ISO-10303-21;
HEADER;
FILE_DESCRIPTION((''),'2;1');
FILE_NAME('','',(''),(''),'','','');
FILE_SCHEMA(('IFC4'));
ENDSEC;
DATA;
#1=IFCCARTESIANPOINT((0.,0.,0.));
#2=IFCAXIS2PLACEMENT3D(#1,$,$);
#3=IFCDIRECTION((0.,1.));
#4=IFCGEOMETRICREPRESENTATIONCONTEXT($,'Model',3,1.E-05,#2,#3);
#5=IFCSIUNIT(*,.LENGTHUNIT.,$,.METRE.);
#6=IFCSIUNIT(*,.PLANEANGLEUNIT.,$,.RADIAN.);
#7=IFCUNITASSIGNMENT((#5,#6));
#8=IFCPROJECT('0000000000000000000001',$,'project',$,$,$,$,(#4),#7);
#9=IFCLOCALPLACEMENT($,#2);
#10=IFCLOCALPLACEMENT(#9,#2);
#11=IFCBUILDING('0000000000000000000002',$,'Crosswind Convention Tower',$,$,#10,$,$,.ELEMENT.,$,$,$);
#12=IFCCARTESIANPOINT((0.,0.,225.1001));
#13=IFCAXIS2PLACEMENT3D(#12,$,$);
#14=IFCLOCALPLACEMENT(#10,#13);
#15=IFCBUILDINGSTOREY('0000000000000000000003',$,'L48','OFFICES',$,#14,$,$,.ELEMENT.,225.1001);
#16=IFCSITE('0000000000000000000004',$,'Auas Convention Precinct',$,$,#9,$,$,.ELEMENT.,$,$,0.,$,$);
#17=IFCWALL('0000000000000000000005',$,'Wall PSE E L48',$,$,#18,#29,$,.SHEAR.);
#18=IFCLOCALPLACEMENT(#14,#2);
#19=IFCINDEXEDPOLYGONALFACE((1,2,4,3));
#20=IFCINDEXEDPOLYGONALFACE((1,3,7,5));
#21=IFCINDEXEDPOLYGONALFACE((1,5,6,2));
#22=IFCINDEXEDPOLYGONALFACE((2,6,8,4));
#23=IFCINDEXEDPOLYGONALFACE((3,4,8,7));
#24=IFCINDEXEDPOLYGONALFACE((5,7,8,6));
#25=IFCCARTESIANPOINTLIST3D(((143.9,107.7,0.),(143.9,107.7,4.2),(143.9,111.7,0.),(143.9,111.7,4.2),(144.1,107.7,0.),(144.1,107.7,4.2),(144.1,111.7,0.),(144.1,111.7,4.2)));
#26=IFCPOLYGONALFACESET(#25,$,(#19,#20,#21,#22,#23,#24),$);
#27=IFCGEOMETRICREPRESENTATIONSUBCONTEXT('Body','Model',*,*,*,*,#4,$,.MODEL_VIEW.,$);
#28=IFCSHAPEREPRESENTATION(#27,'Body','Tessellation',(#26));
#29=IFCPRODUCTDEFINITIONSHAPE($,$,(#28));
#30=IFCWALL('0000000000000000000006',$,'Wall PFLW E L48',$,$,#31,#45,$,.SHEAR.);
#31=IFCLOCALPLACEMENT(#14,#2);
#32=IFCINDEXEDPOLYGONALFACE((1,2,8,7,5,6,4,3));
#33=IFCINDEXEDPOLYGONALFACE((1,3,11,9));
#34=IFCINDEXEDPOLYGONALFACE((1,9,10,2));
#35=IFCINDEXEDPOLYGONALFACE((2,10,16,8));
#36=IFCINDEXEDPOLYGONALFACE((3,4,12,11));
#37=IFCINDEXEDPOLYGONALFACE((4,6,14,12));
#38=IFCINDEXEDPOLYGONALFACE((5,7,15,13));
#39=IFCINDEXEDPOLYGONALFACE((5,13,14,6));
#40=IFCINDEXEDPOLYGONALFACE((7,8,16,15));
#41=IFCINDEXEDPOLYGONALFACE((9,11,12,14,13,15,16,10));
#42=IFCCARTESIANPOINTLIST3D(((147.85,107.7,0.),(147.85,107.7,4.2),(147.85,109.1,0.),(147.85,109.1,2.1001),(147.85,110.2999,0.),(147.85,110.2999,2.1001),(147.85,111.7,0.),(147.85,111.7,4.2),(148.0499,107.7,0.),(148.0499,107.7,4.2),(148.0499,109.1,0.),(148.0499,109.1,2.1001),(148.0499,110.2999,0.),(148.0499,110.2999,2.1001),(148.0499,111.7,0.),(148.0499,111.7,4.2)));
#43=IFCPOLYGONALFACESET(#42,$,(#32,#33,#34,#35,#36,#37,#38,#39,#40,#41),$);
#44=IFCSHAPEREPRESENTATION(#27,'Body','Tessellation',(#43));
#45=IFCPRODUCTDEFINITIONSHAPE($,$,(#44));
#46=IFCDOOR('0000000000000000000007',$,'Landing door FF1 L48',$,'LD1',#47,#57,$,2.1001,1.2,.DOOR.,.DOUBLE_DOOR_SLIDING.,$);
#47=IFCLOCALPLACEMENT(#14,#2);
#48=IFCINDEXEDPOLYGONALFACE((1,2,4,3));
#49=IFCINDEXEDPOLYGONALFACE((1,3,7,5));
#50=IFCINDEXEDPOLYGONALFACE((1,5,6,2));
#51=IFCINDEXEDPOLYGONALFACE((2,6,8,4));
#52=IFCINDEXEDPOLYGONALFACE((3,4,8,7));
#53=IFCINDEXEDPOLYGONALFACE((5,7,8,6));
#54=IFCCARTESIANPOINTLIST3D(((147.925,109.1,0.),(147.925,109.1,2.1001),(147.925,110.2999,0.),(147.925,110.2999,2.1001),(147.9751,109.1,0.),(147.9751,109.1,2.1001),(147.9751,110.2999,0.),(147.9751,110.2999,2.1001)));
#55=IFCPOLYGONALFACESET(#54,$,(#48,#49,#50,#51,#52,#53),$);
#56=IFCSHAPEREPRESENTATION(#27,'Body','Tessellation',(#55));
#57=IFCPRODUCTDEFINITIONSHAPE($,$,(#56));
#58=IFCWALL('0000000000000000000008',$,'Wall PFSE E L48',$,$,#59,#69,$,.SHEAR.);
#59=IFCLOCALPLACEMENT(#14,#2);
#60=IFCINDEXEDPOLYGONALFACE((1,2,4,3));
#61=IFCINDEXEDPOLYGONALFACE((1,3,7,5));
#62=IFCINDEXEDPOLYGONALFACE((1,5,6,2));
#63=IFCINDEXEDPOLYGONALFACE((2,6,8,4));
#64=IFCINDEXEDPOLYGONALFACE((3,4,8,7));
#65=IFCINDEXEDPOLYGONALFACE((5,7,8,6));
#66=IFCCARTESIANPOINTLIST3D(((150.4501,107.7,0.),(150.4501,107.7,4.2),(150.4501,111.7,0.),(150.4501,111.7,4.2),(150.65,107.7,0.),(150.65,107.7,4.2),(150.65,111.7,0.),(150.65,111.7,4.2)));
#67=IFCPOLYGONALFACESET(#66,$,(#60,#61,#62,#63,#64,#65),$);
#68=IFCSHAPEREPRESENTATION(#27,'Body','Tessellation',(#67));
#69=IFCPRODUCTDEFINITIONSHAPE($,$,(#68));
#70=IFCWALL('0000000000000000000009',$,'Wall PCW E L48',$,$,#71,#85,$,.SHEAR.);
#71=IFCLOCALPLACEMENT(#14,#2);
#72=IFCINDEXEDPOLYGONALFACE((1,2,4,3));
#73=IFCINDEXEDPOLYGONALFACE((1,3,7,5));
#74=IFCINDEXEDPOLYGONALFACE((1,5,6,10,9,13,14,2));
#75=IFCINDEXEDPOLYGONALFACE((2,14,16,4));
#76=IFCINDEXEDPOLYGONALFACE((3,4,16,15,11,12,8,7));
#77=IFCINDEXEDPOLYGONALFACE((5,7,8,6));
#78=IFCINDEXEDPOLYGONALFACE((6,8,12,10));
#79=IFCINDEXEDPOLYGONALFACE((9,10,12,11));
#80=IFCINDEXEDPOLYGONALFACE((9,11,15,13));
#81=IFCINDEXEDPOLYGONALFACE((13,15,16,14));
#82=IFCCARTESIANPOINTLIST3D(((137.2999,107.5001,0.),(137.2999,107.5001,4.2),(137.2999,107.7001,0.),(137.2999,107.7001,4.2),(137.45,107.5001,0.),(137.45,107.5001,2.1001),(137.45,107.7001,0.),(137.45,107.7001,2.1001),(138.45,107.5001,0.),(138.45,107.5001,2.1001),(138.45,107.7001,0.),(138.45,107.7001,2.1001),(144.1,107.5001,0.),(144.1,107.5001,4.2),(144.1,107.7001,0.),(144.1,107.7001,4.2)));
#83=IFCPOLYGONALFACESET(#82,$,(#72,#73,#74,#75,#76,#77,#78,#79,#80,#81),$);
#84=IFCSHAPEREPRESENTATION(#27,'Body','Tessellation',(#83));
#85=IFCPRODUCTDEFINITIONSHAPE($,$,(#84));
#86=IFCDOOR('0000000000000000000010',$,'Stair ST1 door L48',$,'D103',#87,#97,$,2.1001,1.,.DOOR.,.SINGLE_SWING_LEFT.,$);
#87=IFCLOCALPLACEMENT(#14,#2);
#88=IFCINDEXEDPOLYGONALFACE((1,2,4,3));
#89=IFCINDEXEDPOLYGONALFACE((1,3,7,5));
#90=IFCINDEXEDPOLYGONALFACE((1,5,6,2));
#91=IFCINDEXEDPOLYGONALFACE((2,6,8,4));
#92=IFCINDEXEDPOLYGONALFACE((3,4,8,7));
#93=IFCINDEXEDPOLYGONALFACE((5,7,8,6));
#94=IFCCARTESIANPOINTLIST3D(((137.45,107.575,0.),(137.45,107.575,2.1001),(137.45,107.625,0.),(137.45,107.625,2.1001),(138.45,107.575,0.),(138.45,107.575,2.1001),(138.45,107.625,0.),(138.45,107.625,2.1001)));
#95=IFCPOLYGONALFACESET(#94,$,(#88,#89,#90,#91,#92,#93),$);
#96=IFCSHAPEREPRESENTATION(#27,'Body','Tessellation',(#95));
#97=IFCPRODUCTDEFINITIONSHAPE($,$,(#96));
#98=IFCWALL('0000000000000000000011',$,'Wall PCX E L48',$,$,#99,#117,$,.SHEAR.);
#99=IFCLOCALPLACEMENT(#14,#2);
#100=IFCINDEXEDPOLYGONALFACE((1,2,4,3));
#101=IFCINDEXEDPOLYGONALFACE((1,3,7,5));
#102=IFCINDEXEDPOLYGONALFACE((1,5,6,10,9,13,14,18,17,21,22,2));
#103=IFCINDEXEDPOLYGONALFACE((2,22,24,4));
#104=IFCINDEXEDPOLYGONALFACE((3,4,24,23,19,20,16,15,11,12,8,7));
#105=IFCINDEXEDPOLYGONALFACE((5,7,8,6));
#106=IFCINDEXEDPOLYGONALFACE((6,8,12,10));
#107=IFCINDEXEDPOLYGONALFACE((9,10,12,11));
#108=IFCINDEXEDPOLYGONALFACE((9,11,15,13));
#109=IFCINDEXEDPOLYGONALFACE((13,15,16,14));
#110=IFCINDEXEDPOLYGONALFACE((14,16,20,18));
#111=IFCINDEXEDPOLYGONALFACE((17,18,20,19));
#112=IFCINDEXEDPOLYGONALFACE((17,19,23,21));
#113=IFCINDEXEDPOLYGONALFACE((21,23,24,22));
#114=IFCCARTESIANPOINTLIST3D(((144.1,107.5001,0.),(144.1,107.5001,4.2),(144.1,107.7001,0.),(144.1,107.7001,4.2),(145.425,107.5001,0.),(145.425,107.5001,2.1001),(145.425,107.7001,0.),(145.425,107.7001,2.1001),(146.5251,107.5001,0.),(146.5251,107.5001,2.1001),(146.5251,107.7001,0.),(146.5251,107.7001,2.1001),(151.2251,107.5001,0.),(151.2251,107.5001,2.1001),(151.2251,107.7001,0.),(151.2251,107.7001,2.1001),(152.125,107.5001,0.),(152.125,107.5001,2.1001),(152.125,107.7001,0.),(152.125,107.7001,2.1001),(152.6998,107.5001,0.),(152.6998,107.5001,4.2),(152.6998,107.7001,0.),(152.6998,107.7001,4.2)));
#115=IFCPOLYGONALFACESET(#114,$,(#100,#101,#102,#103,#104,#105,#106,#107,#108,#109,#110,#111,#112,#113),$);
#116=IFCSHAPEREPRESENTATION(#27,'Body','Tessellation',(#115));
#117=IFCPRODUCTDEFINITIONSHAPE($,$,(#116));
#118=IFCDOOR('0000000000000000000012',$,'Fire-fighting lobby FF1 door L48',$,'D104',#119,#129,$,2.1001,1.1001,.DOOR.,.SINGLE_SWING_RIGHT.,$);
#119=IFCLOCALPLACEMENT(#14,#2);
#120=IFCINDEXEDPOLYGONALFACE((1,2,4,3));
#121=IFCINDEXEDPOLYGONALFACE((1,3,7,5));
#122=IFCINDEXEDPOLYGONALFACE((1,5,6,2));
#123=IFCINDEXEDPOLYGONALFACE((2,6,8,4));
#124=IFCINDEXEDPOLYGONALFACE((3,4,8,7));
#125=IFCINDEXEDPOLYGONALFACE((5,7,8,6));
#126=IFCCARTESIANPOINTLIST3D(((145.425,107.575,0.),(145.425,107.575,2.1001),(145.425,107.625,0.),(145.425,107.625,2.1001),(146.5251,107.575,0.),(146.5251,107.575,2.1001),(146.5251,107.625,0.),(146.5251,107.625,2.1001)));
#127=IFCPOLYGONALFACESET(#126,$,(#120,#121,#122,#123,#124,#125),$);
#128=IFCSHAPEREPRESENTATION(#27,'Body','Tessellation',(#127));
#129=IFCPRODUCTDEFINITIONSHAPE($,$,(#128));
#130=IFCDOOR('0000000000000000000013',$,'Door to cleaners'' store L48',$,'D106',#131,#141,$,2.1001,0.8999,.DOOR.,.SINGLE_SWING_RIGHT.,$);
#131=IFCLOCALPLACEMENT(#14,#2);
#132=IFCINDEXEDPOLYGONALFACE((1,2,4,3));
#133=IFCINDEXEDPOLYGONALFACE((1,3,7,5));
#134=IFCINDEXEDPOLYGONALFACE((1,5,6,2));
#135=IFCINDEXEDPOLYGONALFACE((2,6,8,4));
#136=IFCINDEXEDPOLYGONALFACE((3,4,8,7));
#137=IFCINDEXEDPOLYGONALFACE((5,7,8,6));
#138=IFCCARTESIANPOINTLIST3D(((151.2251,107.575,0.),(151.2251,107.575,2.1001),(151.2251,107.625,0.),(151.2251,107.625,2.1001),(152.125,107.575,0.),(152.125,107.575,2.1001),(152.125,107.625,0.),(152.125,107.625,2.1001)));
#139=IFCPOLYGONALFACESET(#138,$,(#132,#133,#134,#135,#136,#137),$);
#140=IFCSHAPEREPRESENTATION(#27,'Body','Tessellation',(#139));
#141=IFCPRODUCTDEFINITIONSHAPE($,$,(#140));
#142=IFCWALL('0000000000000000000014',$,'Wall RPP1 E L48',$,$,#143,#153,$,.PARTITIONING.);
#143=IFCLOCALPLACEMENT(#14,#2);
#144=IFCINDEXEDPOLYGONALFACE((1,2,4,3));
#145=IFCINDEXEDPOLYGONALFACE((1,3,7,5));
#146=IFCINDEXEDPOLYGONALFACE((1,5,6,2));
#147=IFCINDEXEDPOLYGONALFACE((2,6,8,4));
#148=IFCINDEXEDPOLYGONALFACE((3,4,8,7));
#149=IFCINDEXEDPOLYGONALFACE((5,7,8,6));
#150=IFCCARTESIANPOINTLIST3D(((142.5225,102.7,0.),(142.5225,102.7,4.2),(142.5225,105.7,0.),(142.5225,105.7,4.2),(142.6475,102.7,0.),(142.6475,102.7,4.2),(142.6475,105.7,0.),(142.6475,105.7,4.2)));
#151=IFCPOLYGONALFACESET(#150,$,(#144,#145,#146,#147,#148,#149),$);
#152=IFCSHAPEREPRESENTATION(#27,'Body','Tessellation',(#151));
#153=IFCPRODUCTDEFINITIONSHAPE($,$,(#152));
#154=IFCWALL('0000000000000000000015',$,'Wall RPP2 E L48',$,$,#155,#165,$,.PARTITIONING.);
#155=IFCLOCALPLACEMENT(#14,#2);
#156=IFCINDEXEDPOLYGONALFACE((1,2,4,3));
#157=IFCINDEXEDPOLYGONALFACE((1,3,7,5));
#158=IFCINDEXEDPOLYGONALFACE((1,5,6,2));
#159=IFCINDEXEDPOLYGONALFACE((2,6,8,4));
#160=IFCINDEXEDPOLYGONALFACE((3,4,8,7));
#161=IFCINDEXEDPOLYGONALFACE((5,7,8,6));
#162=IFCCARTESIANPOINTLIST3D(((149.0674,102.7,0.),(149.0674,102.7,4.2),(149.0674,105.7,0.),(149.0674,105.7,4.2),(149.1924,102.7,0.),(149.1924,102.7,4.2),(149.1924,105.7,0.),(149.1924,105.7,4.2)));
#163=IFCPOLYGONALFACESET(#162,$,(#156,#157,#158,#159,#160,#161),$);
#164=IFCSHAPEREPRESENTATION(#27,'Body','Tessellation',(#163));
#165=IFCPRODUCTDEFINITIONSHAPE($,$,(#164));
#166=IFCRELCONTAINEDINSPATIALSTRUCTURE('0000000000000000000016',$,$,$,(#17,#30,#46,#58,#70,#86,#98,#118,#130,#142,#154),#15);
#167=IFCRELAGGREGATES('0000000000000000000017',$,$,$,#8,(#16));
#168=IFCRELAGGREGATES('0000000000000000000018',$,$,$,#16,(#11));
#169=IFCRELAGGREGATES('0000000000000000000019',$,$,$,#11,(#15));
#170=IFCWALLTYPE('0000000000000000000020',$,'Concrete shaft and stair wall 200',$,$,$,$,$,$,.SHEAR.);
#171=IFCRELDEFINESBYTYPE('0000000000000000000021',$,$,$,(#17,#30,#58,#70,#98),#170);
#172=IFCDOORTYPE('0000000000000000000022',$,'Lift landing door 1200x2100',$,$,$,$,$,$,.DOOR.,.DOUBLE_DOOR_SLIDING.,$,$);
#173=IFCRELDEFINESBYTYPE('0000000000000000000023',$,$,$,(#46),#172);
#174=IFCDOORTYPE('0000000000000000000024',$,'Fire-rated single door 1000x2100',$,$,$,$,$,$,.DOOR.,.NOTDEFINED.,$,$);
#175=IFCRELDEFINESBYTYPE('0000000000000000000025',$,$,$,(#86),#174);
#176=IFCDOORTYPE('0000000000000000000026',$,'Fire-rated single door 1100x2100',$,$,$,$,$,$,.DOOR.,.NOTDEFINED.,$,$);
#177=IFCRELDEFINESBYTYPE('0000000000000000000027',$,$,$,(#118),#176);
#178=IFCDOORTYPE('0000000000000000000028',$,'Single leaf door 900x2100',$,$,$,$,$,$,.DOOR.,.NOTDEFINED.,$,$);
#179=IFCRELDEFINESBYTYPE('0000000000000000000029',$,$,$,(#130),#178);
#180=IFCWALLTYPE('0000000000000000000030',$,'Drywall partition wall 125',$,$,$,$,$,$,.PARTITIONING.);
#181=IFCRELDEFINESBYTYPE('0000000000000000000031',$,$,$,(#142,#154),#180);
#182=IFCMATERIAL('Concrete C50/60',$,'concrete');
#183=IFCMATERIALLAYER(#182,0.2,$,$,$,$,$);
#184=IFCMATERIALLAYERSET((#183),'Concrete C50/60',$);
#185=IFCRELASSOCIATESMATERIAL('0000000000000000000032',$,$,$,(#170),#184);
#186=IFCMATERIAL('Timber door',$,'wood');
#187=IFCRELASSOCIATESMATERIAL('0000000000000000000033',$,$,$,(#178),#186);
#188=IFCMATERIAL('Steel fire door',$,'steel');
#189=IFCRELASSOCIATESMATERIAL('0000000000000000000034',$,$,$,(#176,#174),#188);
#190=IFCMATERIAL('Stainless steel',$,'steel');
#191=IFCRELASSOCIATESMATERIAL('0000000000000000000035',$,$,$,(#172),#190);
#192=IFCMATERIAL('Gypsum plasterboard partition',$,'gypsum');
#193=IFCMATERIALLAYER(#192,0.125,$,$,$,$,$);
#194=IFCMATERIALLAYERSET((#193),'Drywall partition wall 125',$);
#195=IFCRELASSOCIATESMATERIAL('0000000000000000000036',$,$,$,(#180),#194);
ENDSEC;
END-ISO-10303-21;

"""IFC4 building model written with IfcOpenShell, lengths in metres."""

from ifc_helpers import new_model, si_unit, direction, frame, frame_2d, origin, place, context, subcontext, project, spatial, rectangle, extrude, material, layer, layer_set, type_object, element, fill, save


model = new_model("IFC4")

# Units and contexts
model_context = context("Model", 3, precision=1e-05, world=origin(), true_north=direction((0.0, 1.0)))
body_context = subcontext(model_context, "Body", "Model", "MODEL_VIEW")
ifc_project = project(units=[si_unit("LENGTHUNIT", "METRE"), si_unit("PLANEANGLEUNIT", "RADIAN")], contexts=[model_context])

# Site, building, storey
site_placement = place(None, origin())
site = spatial("IfcSite", under=ifc_project, at=site_placement, Name="Auas Convention Precinct", CompositionType="ELEMENT", RefElevation=0.0)
building_placement = place(site_placement, origin())
building = spatial("IfcBuilding", under=site, at=building_placement, Name="Crosswind Convention Tower", CompositionType="ELEMENT")
storey_placement = place(building_placement, frame((0.0, 0.0, 225.1001)))
storey = spatial("IfcBuildingStorey", under=building, at=storey_placement, Name="L48", Description="OFFICES", CompositionType="ELEMENT", Elevation=225.1001)

# Shared definitions
ifc_material_1 = material(Name="Concrete C50/60", Category="concrete")
ifc_layer_1 = layer(ifc_material_1, 0.2)
ifc_layer_set_1 = layer_set([ifc_layer_1], Name="Concrete C50/60")
wall_type_1 = type_object("IfcWallType", Name="Concrete shaft and stair wall 200", PredefinedType="SHEAR", material=ifc_layer_set_1)

# Shared definitions
ifc_material_2 = material(Name="Timber door", Category="wood")
door_type_1 = type_object("IfcDoorType", Name="Single leaf door 900x2100", OperationType="NOTDEFINED", PredefinedType="DOOR", material=ifc_material_2)

# Shared definitions
ifc_material_3 = material(Name="Steel fire door", Category="steel")
door_type_2 = type_object("IfcDoorType", Name="Fire-rated single door 1100x2100", OperationType="NOTDEFINED", PredefinedType="DOOR", material=ifc_material_3)

# Wall
wall_1_placement = place(storey_placement, frame((144.0, 107.7, 0.0), z_axis=(0.0, 0.0, 1.0), x_axis=(0.0, 1.0, 0.0)))
element("IfcWall", 1, at=wall_1_placement, inside=storey, type_object=wall_type_1, Name="Wall PSE E L48", PredefinedType="SHEAR", context=body_context, shape_type="SweptSolid", body=[
    extrude(rectangle(XDim=4.0, YDim=0.2, at=frame_2d((2.0, 0.0))), origin(), (0.0, 0.0, 1.0), 4.2),
])

# Wall, opening, door
wall_2_placement = place(storey_placement, frame((147.95, 107.7, 0.0), z_axis=(0.0, 0.0, 1.0), x_axis=(0.0, 1.0, 0.0)))
wall_2 = element("IfcWall", 2, at=wall_2_placement, inside=storey, type_object=wall_type_1, Name="Wall PFLW E L48", PredefinedType="SHEAR", context=body_context, shape_type="SweptSolid", body=[
    extrude(rectangle(XDim=4.0, YDim=0.2, at=frame_2d((2.0, 0.0))), origin(), (0.0, 0.0, 1.0), 4.2),
])
opening_1_placement = place(wall_2_placement, frame((1.3999, 0.0, 0.0)))
opening_1 = element("IfcOpeningElement", 3, at=opening_1_placement, cuts=wall_2, PredefinedType="OPENING", context=body_context, shape_type="SweptSolid", body=[
    extrude(rectangle(XDim=1.2, YDim=2.1001, at=frame_2d((0.6001, 1.05))), frame((0.0, 0.1099, 0.0), z_axis=(0.0, -1.0, 0.0), x_axis=(1.0, 0.0, 0.0)), (0.0, 0.0, 1.0), 0.22),
])
ifc_material_4 = material(Name="Stainless steel", Category="steel")
door_type_3 = type_object("IfcDoorType", Name="Lift landing door 1200x2100", OperationType="DOUBLE_DOOR_SLIDING", PredefinedType="DOOR", material=ifc_material_4)
door_1_placement = place(opening_1_placement, origin())
door_1 = element("IfcDoor", 4, at=door_1_placement, inside=storey, type_object=door_type_3, Name="Landing door FF1 L48", ObjectType="LD1", OperationType="DOUBLE_DOOR_SLIDING", OverallHeight=2.1001, OverallWidth=1.2, PredefinedType="DOOR", context=body_context, shape_type="SweptSolid", body=[
    extrude(rectangle(XDim=1.2, YDim=2.1001, at=frame_2d((0.6001, 1.05))), frame((0.0, 0.0249, 0.0), z_axis=(0.0, -1.0, 0.0), x_axis=(1.0, 0.0, 0.0)), (0.0, 0.0, 1.0), 0.05),
])
fill(opening_1, door_1)

# Wall
wall_3_placement = place(storey_placement, frame((150.55, 107.7, 0.0), z_axis=(0.0, 0.0, 1.0), x_axis=(0.0, 1.0, 0.0)))
element("IfcWall", 5, at=wall_3_placement, inside=storey, type_object=wall_type_1, Name="Wall PFSE E L48", PredefinedType="SHEAR", context=body_context, shape_type="SweptSolid", body=[
    extrude(rectangle(XDim=4.0, YDim=0.2, at=frame_2d((2.0, 0.0))), origin(), (0.0, 0.0, 1.0), 4.2),
])

# Wall, opening, door
wall_4_placement = place(storey_placement, frame((137.3, 107.6001, 0.0), z_axis=(0.0, 0.0, 1.0), x_axis=(1.0, 0.0, 0.0)))
wall_4 = element("IfcWall", 6, at=wall_4_placement, inside=storey, type_object=wall_type_1, Name="Wall PCW E L48", PredefinedType="SHEAR", context=body_context, shape_type="SweptSolid", body=[
    extrude(rectangle(XDim=6.8, YDim=0.2, at=frame_2d((3.3999, 0.0))), origin(), (0.0, 0.0, 1.0), 4.2),
])
opening_2_placement = place(wall_4_placement, frame((0.1499, 0.0, 0.0)))
opening_2 = element("IfcOpeningElement", 7, at=opening_2_placement, cuts=wall_4, PredefinedType="OPENING", context=body_context, shape_type="SweptSolid", body=[
    extrude(rectangle(XDim=1.0, YDim=2.1001, at=frame_2d((0.5, 1.05))), frame((0.0, 0.1099, 0.0), z_axis=(0.0, -1.0, 0.0), x_axis=(1.0, 0.0, 0.0)), (0.0, 0.0, 1.0), 0.22),
])
door_type_4 = type_object("IfcDoorType", Name="Fire-rated single door 1000x2100", OperationType="NOTDEFINED", PredefinedType="DOOR", material=ifc_material_3)
door_2_placement = place(opening_2_placement, origin())
door_2 = element("IfcDoor", 8, at=door_2_placement, inside=storey, type_object=door_type_4, Name="Stair ST1 door L48", ObjectType="D103", OperationType="SINGLE_SWING_LEFT", OverallHeight=2.1001, OverallWidth=1.0, PredefinedType="DOOR", context=body_context, shape_type="SweptSolid", body=[
    extrude(rectangle(XDim=1.0, YDim=2.1001, at=frame_2d((0.5, 1.05))), frame((0.0, 0.0249, 0.0), z_axis=(0.0, -1.0, 0.0), x_axis=(1.0, 0.0, 0.0)), (0.0, 0.0, 1.0), 0.05),
])
fill(opening_2, door_2)

# Wall, openings, doors
wall_5_placement = place(storey_placement, frame((144.1001, 107.6001, 0.0), z_axis=(0.0, 0.0, 1.0), x_axis=(1.0, 0.0, 0.0)))
wall_5 = element("IfcWall", 9, at=wall_5_placement, inside=storey, type_object=wall_type_1, Name="Wall PCX E L48", PredefinedType="SHEAR", context=body_context, shape_type="SweptSolid", body=[
    extrude(rectangle(XDim=8.5999, YDim=0.2, at=frame_2d((4.2998, 0.0))), origin(), (0.0, 0.0, 1.0), 4.2),
])
opening_3_placement = place(wall_5_placement, frame((1.325, 0.0, 0.0)))
opening_3 = element("IfcOpeningElement", 10, at=opening_3_placement, cuts=wall_5, PredefinedType="OPENING", context=body_context, shape_type="SweptSolid", body=[
    extrude(rectangle(XDim=1.1001, YDim=2.1001, at=frame_2d((0.55, 1.05))), frame((0.0, 0.1099, 0.0), z_axis=(0.0, -1.0, 0.0), x_axis=(1.0, 0.0, 0.0)), (0.0, 0.0, 1.0), 0.22),
])
opening_4_placement = place(wall_5_placement, frame((7.125, 0.0, 0.0)))
opening_4 = element("IfcOpeningElement", 11, at=opening_4_placement, cuts=wall_5, PredefinedType="OPENING", context=body_context, shape_type="SweptSolid", body=[
    extrude(rectangle(XDim=0.8999, YDim=2.1001, at=frame_2d((0.45, 1.05))), frame((0.0, 0.1099, 0.0), z_axis=(0.0, -1.0, 0.0), x_axis=(1.0, 0.0, 0.0)), (0.0, 0.0, 1.0), 0.22),
])
door_3_placement = place(opening_3_placement, origin())
door_3 = element("IfcDoor", 12, at=door_3_placement, inside=storey, type_object=door_type_2, Name="Fire-fighting lobby FF1 door L48", ObjectType="D104", OperationType="SINGLE_SWING_RIGHT", OverallHeight=2.1001, OverallWidth=1.1001, PredefinedType="DOOR", context=body_context, shape_type="SweptSolid", body=[
    extrude(rectangle(XDim=1.1001, YDim=2.1001, at=frame_2d((0.55, 1.05))), frame((0.0, 0.0249, 0.0), z_axis=(0.0, -1.0, 0.0), x_axis=(1.0, 0.0, 0.0)), (0.0, 0.0, 1.0), 0.05),
])
fill(opening_3, door_3)
door_4_placement = place(opening_4_placement, origin())
door_4 = element("IfcDoor", 13, at=door_4_placement, inside=storey, type_object=door_type_1, Name="Door to cleaners' store L48", ObjectType="D106", OperationType="SINGLE_SWING_RIGHT", OverallHeight=2.1001, OverallWidth=0.8999, PredefinedType="DOOR", context=body_context, shape_type="SweptSolid", body=[
    extrude(rectangle(XDim=0.8999, YDim=2.1001, at=frame_2d((0.45, 1.05))), frame((0.0, 0.0249, 0.0), z_axis=(0.0, -1.0, 0.0), x_axis=(1.0, 0.0, 0.0)), (0.0, 0.0, 1.0), 0.05),
])
fill(opening_4, door_4)

# Walls
ifc_material_5 = material(Name="Gypsum plasterboard partition", Category="gypsum")
ifc_layer_2 = layer(ifc_material_5, 0.125)
ifc_layer_set_2 = layer_set([ifc_layer_2], Name="Drywall partition wall 125")
wall_type_2 = type_object("IfcWallType", Name="Drywall partition wall 125", PredefinedType="PARTITIONING", material=ifc_layer_set_2)
for number, where, z_axis, x_axis, name in (
    (14, (142.585, 102.7, 0.0), (0.0, 0.0, 1.0), (0.0, 1.0, 0.0), "Wall RPP1 E L48"),
    (15, (149.1299, 102.7, 0.0), (0.0, 0.0, 1.0), (0.0, 1.0, 0.0), "Wall RPP2 E L48"),
):
    element("IfcWall", number, at=place(storey_placement, frame(where, z_axis=z_axis, x_axis=x_axis)), inside=storey, type_object=wall_type_2, Name=name, PredefinedType="PARTITIONING", context=body_context, shape_type="SweptSolid", body=[
        extrude(rectangle(XDim=3.0, YDim=0.125, at=frame_2d((1.5, 0.0))), origin(), (0.0, 0.0, 1.0), 4.2),
    ])

save(model, "model.ifc")
